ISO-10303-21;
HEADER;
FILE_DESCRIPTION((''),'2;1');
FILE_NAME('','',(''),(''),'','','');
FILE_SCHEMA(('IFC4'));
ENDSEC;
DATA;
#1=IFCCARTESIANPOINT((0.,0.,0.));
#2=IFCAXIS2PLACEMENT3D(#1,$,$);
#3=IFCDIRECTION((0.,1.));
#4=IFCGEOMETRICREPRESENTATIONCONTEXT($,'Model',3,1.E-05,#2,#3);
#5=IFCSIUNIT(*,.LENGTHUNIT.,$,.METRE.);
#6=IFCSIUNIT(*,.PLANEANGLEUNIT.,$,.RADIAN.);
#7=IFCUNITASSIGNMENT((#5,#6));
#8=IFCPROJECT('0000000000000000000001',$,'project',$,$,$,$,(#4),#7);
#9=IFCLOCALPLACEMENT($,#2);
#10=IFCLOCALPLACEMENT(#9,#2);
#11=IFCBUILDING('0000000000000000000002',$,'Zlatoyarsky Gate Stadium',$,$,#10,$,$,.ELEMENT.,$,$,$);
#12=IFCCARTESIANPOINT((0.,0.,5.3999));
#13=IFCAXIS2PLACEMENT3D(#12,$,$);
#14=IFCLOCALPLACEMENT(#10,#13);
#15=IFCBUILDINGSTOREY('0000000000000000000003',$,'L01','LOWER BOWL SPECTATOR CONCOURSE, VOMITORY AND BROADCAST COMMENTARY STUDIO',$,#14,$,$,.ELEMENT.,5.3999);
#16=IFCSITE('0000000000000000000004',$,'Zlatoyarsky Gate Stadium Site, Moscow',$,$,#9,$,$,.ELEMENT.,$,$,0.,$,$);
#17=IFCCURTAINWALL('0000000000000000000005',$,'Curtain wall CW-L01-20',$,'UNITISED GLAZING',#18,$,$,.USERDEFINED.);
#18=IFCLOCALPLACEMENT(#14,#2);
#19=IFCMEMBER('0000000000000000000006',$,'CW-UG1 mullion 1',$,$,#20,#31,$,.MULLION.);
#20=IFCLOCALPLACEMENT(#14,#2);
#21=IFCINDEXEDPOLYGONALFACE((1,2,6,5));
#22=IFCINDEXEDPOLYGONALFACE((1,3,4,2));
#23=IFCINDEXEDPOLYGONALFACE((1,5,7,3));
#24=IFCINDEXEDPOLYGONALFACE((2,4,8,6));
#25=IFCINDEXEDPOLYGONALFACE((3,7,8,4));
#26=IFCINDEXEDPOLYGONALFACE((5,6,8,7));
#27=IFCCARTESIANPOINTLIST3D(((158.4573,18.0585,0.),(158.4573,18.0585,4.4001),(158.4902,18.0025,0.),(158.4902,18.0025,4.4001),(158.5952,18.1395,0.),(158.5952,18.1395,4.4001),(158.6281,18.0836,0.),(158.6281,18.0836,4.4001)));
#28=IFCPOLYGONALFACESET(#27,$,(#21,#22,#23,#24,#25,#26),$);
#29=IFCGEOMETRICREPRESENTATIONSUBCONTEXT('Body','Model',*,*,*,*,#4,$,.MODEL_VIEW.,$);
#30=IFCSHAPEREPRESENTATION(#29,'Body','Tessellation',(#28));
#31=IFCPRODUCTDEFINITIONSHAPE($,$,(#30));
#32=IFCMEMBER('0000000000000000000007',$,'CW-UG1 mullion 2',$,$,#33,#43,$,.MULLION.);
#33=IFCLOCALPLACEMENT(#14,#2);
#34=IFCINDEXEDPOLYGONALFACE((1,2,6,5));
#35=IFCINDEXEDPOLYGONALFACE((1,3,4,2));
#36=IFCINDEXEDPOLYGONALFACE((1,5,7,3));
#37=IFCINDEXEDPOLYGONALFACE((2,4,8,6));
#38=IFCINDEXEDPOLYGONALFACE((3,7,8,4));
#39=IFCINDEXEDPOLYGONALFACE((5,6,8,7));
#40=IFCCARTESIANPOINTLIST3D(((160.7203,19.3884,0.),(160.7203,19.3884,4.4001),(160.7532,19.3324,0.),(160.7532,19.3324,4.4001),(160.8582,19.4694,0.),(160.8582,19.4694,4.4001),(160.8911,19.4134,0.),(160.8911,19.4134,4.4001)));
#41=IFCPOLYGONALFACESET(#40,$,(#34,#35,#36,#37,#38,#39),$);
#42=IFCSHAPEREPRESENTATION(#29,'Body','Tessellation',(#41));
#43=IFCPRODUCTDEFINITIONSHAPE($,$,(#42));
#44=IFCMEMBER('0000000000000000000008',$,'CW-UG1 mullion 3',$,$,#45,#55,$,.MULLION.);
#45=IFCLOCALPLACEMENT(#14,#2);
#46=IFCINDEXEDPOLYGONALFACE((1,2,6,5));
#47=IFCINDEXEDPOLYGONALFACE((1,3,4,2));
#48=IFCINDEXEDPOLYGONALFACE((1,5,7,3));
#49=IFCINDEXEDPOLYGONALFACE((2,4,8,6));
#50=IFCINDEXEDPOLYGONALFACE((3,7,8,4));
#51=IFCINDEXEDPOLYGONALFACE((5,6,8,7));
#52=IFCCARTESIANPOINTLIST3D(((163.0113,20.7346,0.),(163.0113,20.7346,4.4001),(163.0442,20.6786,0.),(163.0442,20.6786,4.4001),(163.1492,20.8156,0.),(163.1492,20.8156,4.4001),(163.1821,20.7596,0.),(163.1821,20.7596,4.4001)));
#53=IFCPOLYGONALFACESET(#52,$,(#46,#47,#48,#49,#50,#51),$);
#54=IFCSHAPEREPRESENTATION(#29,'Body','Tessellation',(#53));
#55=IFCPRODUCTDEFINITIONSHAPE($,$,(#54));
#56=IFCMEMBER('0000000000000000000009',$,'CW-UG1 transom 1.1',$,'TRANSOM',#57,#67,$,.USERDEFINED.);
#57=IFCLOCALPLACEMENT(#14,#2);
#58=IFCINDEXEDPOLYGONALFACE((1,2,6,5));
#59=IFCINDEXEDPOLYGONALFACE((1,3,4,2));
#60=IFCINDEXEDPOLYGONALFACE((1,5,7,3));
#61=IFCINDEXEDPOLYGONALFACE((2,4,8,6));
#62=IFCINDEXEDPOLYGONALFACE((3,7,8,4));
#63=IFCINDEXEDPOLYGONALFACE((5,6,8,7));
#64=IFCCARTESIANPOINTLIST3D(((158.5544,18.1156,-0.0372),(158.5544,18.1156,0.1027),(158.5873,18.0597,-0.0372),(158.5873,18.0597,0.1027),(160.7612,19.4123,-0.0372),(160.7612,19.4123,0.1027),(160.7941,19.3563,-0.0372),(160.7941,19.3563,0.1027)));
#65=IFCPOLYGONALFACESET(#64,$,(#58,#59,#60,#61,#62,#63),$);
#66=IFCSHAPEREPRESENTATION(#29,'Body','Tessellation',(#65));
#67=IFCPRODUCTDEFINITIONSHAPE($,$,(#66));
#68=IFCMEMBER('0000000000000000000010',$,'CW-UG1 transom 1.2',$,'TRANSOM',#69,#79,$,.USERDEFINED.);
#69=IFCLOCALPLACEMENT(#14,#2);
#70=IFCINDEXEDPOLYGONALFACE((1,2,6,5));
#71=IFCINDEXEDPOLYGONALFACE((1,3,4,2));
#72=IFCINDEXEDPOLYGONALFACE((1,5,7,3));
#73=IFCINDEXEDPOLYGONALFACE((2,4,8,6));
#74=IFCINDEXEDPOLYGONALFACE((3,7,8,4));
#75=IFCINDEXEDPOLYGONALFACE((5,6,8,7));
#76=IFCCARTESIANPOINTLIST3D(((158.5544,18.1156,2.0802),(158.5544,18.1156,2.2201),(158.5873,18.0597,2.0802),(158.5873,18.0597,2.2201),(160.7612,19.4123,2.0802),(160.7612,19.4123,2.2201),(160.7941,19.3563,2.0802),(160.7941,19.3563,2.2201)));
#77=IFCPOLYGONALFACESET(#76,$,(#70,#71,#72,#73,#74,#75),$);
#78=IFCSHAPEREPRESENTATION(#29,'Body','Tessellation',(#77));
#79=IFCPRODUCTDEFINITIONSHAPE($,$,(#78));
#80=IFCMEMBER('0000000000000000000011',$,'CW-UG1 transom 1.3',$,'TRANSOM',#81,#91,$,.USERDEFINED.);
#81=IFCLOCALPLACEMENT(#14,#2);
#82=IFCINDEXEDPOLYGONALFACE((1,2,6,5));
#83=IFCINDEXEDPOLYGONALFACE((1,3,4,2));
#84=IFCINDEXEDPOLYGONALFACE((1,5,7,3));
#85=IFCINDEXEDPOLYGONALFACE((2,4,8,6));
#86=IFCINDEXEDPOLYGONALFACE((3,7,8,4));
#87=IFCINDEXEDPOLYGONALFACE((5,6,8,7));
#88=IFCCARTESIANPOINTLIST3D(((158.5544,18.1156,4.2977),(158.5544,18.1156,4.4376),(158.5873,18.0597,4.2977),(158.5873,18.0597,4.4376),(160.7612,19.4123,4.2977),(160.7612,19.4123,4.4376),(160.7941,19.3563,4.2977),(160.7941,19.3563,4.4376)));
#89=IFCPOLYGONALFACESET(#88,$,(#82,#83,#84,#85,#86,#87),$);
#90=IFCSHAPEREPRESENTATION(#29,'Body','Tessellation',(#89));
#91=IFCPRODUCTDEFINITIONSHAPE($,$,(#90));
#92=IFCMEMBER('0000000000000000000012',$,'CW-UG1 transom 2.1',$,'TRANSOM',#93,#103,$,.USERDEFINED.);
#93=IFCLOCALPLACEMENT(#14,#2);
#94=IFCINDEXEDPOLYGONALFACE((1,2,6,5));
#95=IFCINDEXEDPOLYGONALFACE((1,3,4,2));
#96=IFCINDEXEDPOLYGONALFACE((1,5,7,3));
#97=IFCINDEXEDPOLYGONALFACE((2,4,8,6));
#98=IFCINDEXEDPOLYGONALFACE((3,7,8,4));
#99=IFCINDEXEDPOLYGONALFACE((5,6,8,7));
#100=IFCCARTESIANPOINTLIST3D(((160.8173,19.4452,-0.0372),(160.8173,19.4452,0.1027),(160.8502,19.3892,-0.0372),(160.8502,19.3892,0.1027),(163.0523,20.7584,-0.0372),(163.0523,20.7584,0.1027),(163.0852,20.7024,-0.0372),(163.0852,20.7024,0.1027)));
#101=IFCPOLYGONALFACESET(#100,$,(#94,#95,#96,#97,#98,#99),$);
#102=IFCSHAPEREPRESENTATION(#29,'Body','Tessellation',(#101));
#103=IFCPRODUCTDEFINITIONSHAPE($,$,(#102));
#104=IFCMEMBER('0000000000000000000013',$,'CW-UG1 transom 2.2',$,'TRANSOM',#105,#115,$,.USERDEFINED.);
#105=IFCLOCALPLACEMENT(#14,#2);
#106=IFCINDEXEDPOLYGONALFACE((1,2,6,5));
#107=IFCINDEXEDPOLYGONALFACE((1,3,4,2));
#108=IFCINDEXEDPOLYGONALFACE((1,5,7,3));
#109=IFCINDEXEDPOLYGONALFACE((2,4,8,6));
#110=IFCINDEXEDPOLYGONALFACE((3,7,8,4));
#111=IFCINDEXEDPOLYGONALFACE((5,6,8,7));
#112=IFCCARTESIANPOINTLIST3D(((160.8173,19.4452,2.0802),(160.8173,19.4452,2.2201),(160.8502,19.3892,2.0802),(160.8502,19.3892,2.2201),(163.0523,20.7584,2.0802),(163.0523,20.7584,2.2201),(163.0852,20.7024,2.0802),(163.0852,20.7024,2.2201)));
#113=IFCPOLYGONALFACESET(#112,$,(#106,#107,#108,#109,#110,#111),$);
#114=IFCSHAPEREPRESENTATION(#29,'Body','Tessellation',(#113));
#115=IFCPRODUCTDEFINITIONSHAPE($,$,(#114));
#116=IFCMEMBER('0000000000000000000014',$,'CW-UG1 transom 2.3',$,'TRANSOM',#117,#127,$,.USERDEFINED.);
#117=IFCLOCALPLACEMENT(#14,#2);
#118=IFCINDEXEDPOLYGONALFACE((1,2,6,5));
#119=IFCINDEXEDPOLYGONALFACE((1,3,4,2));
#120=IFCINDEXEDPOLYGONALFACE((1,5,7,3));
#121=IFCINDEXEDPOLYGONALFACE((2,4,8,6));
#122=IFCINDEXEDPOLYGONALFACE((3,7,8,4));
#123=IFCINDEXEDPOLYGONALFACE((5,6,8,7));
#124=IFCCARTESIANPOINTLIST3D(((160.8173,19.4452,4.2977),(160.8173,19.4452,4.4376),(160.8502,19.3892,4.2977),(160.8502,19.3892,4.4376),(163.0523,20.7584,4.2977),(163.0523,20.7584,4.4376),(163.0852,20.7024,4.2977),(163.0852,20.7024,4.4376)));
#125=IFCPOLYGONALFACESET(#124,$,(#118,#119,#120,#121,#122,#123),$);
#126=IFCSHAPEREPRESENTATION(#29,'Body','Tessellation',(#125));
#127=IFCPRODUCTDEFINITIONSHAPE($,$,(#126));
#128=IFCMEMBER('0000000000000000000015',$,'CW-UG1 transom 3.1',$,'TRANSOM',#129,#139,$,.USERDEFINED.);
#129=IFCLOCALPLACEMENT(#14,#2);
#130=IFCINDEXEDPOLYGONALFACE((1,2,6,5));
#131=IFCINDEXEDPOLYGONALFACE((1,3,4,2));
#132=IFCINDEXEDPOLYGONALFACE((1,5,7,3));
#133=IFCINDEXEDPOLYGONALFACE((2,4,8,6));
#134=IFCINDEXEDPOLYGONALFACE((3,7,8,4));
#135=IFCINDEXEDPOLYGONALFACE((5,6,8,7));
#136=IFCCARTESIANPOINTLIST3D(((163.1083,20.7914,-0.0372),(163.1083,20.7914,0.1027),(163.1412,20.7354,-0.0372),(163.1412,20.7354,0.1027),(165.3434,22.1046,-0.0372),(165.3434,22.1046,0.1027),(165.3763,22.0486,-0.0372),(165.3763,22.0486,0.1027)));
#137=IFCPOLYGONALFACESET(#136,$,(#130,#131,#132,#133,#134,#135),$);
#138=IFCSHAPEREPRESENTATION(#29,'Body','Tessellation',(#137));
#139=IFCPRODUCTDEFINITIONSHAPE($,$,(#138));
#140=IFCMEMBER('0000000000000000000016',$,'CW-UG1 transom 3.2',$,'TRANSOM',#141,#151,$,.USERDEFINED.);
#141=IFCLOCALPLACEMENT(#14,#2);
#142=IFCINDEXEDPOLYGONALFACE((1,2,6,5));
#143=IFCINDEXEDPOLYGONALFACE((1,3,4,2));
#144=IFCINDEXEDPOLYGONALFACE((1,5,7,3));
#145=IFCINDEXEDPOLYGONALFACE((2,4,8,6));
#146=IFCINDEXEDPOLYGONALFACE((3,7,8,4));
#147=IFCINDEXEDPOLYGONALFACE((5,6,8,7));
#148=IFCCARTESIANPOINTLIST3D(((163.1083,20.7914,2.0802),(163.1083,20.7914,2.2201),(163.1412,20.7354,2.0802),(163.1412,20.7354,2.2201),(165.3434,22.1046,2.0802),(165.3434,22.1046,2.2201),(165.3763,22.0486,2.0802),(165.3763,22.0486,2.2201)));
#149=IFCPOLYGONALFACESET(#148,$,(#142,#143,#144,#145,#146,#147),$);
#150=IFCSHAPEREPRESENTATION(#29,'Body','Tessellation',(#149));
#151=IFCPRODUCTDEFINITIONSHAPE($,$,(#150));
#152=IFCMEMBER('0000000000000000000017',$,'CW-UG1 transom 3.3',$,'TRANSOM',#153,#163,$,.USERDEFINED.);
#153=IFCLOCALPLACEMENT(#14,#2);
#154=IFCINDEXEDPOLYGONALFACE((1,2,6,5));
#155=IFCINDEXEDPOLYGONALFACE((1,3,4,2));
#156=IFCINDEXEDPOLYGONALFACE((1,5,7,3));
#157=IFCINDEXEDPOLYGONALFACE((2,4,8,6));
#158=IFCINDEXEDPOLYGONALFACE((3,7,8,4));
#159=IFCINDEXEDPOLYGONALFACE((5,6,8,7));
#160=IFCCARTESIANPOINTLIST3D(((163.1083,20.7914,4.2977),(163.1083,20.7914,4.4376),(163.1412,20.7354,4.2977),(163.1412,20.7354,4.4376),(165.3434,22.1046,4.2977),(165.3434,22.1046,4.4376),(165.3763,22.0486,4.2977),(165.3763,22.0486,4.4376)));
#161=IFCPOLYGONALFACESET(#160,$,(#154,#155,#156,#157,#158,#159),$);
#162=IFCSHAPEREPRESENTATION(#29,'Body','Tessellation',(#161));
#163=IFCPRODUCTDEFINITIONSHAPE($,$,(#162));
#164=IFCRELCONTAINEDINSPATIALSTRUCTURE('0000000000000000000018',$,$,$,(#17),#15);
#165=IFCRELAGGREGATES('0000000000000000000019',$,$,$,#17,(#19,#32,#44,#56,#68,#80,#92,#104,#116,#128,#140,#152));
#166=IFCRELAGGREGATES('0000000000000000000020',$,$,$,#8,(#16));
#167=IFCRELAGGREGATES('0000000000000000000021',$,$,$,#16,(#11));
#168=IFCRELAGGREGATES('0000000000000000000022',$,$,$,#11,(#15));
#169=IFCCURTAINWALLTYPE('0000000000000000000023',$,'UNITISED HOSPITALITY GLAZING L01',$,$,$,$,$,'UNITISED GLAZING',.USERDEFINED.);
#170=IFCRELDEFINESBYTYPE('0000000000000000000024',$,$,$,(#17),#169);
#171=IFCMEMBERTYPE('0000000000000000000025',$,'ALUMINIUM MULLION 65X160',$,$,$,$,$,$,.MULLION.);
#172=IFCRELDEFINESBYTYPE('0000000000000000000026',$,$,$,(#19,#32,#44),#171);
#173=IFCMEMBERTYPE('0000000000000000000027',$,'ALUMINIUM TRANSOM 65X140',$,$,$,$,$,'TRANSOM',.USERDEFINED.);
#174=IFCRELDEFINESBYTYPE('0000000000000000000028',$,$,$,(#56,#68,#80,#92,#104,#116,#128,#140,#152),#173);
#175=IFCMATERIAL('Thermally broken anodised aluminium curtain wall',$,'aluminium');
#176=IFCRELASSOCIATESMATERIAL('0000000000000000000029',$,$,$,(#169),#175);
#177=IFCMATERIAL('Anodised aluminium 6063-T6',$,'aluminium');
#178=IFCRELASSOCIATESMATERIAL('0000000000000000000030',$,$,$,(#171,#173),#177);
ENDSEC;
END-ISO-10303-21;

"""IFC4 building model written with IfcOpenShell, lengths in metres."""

from ifc_helpers import new_model, si_unit, direction, frame, origin, origin_2d, place, context, subcontext, project, spatial, rectangle, extrude, material, material_profile, profile_set, type_object, element, aggregate, save


model = new_model("IFC4")

# Units and contexts
model_context = context("Model", 3, precision=1e-05, world=origin(), true_north=direction((0.0, 1.0)))
body_context = subcontext(model_context, "Body", "Model", "MODEL_VIEW")
ifc_project = project(units=[si_unit("LENGTHUNIT", "METRE"), si_unit("PLANEANGLEUNIT", "RADIAN")], contexts=[model_context])

# Site, building, storey
site_placement = place(None, origin())
site = spatial("IfcSite", under=ifc_project, at=site_placement, Name="Zlatoyarsky Gate Stadium Site, Moscow", CompositionType="ELEMENT", RefElevation=0.0)
building_placement = place(site_placement, origin())
building = spatial("IfcBuilding", under=site, at=building_placement, Name="Zlatoyarsky Gate Stadium", CompositionType="ELEMENT")
storey_placement = place(building_placement, frame((0.0, 0.0, 5.3999)))
storey = spatial("IfcBuildingStorey", under=building, at=storey_placement, Name="L01", Description="LOWER BOWL SPECTATOR CONCOURSE, VOMITORY AND BROADCAST COMMENTARY STUDIO", CompositionType="ELEMENT", Elevation=5.3999)

# Curtain wall, members
ifc_material_1 = material(Name="Thermally broken anodised aluminium curtain wall", Category="aluminium")
curtain_wall_type = type_object("IfcCurtainWallType", Name="UNITISED HOSPITALITY GLAZING L01", ElementType="UNITISED GLAZING", PredefinedType="USERDEFINED", material=ifc_material_1)
curtain_wall_placement = place(storey_placement, origin())
curtain_wall = element("IfcCurtainWall", 1, at=curtain_wall_placement, inside=storey, type_object=curtain_wall_type, Name="Curtain wall CW-L01-20", ObjectType="UNITISED GLAZING", PredefinedType="USERDEFINED")
ifc_material_2 = material(Name="Anodised aluminium 6063-T6", Category="aluminium")
ifc_material_profile_1 = material_profile(ifc_material_2, rectangle(XDim=0.0649, YDim=0.1599, at=origin_2d()), Name="ALU 65X160")
ifc_profile_set_1 = profile_set([ifc_material_profile_1], Name="Anodised aluminium 6063-T6")
member_type_1 = type_object("IfcMemberType", Name="ALUMINIUM MULLION 65X160", PredefinedType="MULLION", material=ifc_profile_set_1)
member_1_placement = place(storey_placement, frame((158.5427, 18.071, 0.0), z_axis=(0.0, 0.0, 1.0), x_axis=(-0.50659, 0.862187, 0.0)))
member_1 = element("IfcMember", 2, at=member_1_placement, type_object=member_type_1, Name="CW-UG1 mullion 1", PredefinedType="MULLION", context=body_context, shape_type="SweptSolid", body=[
    extrude(rectangle(XDim=0.0649, YDim=0.1599, at=origin_2d()), origin(), (0.0, 0.0, 1.0), 4.4001),
])
member_2_placement = place(storey_placement, frame((160.8057, 19.4009, 0.0), z_axis=(0.0, 0.0, 1.0), x_axis=(-0.50659, 0.862187, 0.0)))
member_2 = element("IfcMember", 3, at=member_2_placement, type_object=member_type_1, Name="CW-UG1 mullion 2", PredefinedType="MULLION", context=body_context, shape_type="SweptSolid", body=[
    extrude(rectangle(XDim=0.0649, YDim=0.1599, at=origin_2d()), origin(), (0.0, 0.0, 1.0), 4.4001),
])
member_3_placement = place(storey_placement, frame((163.0967, 20.7471, 0.0), z_axis=(0.0, 0.0, 1.0), x_axis=(-0.50659, 0.862187, 0.0)))
member_3 = element("IfcMember", 4, at=member_3_placement, type_object=member_type_1, Name="CW-UG1 mullion 3", PredefinedType="MULLION", context=body_context, shape_type="SweptSolid", body=[
    extrude(rectangle(XDim=0.0649, YDim=0.1599, at=origin_2d()), origin(), (0.0, 0.0, 1.0), 4.4001),
])
ifc_material_profile_2 = material_profile(ifc_material_2, rectangle(XDim=0.0649, YDim=0.1399, at=origin_2d()), Name="ALU 65X140")
ifc_profile_set_2 = profile_set([ifc_material_profile_2], Name="Anodised aluminium 6063-T6")
member_type_2 = type_object("IfcMemberType", Name="ALUMINIUM TRANSOM 65X140", ElementType="TRANSOM", PredefinedType="USERDEFINED", material=ifc_profile_set_2)
member_4_placement = place(storey_placement, frame((158.5708, 18.0876, 0.0327), z_axis=(0.862187, 0.506591, 0.0), x_axis=(-0.506591, 0.862187, 0.0)))
member_4 = element("IfcMember", 5, at=member_4_placement, type_object=member_type_2, Name="CW-UG1 transom 1.1", ObjectType="TRANSOM", PredefinedType="USERDEFINED", context=body_context, shape_type="SweptSolid", body=[
    extrude(rectangle(XDim=0.0649, YDim=0.1399, at=origin_2d()), origin(), (0.0, 0.0, 1.0), 2.5596),
])
member_5_placement = place(storey_placement, frame((158.5708, 18.0876, 2.1501), z_axis=(0.862187, 0.506591, 0.0), x_axis=(-0.506591, 0.862187, 0.0)))
member_5 = element("IfcMember", 6, at=member_5_placement, type_object=member_type_2, Name="CW-UG1 transom 1.2", ObjectType="TRANSOM", PredefinedType="USERDEFINED", context=body_context, shape_type="SweptSolid", body=[
    extrude(rectangle(XDim=0.0649, YDim=0.1399, at=origin_2d()), origin(), (0.0, 0.0, 1.0), 2.5596),
])
member_6_placement = place(storey_placement, frame((158.5708, 18.0876, 4.3677), z_axis=(0.862187, 0.506591, 0.0), x_axis=(-0.506591, 0.862187, 0.0)))
member_6 = element("IfcMember", 7, at=member_6_placement, type_object=member_type_2, Name="CW-UG1 transom 1.3", ObjectType="TRANSOM", PredefinedType="USERDEFINED", context=body_context, shape_type="SweptSolid", body=[
    extrude(rectangle(XDim=0.0649, YDim=0.1399, at=origin_2d()), origin(), (0.0, 0.0, 1.0), 2.5596),
])
member_7_placement = place(storey_placement, frame((160.8337, 19.4172, 0.0327), z_axis=(0.862193, 0.50658, 0.0), x_axis=(-0.50658, 0.862193, 0.0)))
member_7 = element("IfcMember", 8, at=member_7_placement, type_object=member_type_2, Name="CW-UG1 transom 2.1", ObjectType="TRANSOM", PredefinedType="USERDEFINED", context=body_context, shape_type="SweptSolid", body=[
    extrude(rectangle(XDim=0.0649, YDim=0.1399, at=origin_2d()), origin(), (0.0, 0.0, 1.0), 2.5923),
])
member_8_placement = place(storey_placement, frame((160.8337, 19.4172, 2.1501), z_axis=(0.862193, 0.50658, 0.0), x_axis=(-0.50658, 0.862193, 0.0)))
member_8 = element("IfcMember", 9, at=member_8_placement, type_object=member_type_2, Name="CW-UG1 transom 2.2", ObjectType="TRANSOM", PredefinedType="USERDEFINED", context=body_context, shape_type="SweptSolid", body=[
    extrude(rectangle(XDim=0.0649, YDim=0.1399, at=origin_2d()), origin(), (0.0, 0.0, 1.0), 2.5923),
])
member_9_placement = place(storey_placement, frame((160.8337, 19.4172, 4.3677), z_axis=(0.862193, 0.50658, 0.0), x_axis=(-0.50658, 0.862193, 0.0)))
member_9 = element("IfcMember", 10, at=member_9_placement, type_object=member_type_2, Name="CW-UG1 transom 2.3", ObjectType="TRANSOM", PredefinedType="USERDEFINED", context=body_context, shape_type="SweptSolid", body=[
    extrude(rectangle(XDim=0.0649, YDim=0.1399, at=origin_2d()), origin(), (0.0, 0.0, 1.0), 2.5923),
])
member_10_placement = place(storey_placement, frame((163.1248, 20.7634, 0.0327), z_axis=(0.862193, 0.50658, 0.0), x_axis=(-0.50658, 0.862193, 0.0)))
member_10 = element("IfcMember", 11, at=member_10_placement, type_object=member_type_2, Name="CW-UG1 transom 3.1", ObjectType="TRANSOM", PredefinedType="USERDEFINED", context=body_context, shape_type="SweptSolid", body=[
    extrude(rectangle(XDim=0.0649, YDim=0.1399, at=origin_2d()), origin(), (0.0, 0.0, 1.0), 2.5923),
])
member_11_placement = place(storey_placement, frame((163.1248, 20.7634, 2.1501), z_axis=(0.862193, 0.50658, 0.0), x_axis=(-0.50658, 0.862193, 0.0)))
member_11 = element("IfcMember", 12, at=member_11_placement, type_object=member_type_2, Name="CW-UG1 transom 3.2", ObjectType="TRANSOM", PredefinedType="USERDEFINED", context=body_context, shape_type="SweptSolid", body=[
    extrude(rectangle(XDim=0.0649, YDim=0.1399, at=origin_2d()), origin(), (0.0, 0.0, 1.0), 2.5923),
])
member_12_placement = place(storey_placement, frame((163.1248, 20.7634, 4.3677), z_axis=(0.862193, 0.50658, 0.0), x_axis=(-0.50658, 0.862193, 0.0)))
member_12 = element("IfcMember", 13, at=member_12_placement, type_object=member_type_2, Name="CW-UG1 transom 3.3", ObjectType="TRANSOM", PredefinedType="USERDEFINED", context=body_context, shape_type="SweptSolid", body=[
    extrude(rectangle(XDim=0.0649, YDim=0.1399, at=origin_2d()), origin(), (0.0, 0.0, 1.0), 2.5923),
])

aggregate(curtain_wall, [member_1, member_2, member_3, member_4, member_5, member_6, member_7, member_8, member_9, member_10, member_11, member_12])

save(model, "model.ifc")
